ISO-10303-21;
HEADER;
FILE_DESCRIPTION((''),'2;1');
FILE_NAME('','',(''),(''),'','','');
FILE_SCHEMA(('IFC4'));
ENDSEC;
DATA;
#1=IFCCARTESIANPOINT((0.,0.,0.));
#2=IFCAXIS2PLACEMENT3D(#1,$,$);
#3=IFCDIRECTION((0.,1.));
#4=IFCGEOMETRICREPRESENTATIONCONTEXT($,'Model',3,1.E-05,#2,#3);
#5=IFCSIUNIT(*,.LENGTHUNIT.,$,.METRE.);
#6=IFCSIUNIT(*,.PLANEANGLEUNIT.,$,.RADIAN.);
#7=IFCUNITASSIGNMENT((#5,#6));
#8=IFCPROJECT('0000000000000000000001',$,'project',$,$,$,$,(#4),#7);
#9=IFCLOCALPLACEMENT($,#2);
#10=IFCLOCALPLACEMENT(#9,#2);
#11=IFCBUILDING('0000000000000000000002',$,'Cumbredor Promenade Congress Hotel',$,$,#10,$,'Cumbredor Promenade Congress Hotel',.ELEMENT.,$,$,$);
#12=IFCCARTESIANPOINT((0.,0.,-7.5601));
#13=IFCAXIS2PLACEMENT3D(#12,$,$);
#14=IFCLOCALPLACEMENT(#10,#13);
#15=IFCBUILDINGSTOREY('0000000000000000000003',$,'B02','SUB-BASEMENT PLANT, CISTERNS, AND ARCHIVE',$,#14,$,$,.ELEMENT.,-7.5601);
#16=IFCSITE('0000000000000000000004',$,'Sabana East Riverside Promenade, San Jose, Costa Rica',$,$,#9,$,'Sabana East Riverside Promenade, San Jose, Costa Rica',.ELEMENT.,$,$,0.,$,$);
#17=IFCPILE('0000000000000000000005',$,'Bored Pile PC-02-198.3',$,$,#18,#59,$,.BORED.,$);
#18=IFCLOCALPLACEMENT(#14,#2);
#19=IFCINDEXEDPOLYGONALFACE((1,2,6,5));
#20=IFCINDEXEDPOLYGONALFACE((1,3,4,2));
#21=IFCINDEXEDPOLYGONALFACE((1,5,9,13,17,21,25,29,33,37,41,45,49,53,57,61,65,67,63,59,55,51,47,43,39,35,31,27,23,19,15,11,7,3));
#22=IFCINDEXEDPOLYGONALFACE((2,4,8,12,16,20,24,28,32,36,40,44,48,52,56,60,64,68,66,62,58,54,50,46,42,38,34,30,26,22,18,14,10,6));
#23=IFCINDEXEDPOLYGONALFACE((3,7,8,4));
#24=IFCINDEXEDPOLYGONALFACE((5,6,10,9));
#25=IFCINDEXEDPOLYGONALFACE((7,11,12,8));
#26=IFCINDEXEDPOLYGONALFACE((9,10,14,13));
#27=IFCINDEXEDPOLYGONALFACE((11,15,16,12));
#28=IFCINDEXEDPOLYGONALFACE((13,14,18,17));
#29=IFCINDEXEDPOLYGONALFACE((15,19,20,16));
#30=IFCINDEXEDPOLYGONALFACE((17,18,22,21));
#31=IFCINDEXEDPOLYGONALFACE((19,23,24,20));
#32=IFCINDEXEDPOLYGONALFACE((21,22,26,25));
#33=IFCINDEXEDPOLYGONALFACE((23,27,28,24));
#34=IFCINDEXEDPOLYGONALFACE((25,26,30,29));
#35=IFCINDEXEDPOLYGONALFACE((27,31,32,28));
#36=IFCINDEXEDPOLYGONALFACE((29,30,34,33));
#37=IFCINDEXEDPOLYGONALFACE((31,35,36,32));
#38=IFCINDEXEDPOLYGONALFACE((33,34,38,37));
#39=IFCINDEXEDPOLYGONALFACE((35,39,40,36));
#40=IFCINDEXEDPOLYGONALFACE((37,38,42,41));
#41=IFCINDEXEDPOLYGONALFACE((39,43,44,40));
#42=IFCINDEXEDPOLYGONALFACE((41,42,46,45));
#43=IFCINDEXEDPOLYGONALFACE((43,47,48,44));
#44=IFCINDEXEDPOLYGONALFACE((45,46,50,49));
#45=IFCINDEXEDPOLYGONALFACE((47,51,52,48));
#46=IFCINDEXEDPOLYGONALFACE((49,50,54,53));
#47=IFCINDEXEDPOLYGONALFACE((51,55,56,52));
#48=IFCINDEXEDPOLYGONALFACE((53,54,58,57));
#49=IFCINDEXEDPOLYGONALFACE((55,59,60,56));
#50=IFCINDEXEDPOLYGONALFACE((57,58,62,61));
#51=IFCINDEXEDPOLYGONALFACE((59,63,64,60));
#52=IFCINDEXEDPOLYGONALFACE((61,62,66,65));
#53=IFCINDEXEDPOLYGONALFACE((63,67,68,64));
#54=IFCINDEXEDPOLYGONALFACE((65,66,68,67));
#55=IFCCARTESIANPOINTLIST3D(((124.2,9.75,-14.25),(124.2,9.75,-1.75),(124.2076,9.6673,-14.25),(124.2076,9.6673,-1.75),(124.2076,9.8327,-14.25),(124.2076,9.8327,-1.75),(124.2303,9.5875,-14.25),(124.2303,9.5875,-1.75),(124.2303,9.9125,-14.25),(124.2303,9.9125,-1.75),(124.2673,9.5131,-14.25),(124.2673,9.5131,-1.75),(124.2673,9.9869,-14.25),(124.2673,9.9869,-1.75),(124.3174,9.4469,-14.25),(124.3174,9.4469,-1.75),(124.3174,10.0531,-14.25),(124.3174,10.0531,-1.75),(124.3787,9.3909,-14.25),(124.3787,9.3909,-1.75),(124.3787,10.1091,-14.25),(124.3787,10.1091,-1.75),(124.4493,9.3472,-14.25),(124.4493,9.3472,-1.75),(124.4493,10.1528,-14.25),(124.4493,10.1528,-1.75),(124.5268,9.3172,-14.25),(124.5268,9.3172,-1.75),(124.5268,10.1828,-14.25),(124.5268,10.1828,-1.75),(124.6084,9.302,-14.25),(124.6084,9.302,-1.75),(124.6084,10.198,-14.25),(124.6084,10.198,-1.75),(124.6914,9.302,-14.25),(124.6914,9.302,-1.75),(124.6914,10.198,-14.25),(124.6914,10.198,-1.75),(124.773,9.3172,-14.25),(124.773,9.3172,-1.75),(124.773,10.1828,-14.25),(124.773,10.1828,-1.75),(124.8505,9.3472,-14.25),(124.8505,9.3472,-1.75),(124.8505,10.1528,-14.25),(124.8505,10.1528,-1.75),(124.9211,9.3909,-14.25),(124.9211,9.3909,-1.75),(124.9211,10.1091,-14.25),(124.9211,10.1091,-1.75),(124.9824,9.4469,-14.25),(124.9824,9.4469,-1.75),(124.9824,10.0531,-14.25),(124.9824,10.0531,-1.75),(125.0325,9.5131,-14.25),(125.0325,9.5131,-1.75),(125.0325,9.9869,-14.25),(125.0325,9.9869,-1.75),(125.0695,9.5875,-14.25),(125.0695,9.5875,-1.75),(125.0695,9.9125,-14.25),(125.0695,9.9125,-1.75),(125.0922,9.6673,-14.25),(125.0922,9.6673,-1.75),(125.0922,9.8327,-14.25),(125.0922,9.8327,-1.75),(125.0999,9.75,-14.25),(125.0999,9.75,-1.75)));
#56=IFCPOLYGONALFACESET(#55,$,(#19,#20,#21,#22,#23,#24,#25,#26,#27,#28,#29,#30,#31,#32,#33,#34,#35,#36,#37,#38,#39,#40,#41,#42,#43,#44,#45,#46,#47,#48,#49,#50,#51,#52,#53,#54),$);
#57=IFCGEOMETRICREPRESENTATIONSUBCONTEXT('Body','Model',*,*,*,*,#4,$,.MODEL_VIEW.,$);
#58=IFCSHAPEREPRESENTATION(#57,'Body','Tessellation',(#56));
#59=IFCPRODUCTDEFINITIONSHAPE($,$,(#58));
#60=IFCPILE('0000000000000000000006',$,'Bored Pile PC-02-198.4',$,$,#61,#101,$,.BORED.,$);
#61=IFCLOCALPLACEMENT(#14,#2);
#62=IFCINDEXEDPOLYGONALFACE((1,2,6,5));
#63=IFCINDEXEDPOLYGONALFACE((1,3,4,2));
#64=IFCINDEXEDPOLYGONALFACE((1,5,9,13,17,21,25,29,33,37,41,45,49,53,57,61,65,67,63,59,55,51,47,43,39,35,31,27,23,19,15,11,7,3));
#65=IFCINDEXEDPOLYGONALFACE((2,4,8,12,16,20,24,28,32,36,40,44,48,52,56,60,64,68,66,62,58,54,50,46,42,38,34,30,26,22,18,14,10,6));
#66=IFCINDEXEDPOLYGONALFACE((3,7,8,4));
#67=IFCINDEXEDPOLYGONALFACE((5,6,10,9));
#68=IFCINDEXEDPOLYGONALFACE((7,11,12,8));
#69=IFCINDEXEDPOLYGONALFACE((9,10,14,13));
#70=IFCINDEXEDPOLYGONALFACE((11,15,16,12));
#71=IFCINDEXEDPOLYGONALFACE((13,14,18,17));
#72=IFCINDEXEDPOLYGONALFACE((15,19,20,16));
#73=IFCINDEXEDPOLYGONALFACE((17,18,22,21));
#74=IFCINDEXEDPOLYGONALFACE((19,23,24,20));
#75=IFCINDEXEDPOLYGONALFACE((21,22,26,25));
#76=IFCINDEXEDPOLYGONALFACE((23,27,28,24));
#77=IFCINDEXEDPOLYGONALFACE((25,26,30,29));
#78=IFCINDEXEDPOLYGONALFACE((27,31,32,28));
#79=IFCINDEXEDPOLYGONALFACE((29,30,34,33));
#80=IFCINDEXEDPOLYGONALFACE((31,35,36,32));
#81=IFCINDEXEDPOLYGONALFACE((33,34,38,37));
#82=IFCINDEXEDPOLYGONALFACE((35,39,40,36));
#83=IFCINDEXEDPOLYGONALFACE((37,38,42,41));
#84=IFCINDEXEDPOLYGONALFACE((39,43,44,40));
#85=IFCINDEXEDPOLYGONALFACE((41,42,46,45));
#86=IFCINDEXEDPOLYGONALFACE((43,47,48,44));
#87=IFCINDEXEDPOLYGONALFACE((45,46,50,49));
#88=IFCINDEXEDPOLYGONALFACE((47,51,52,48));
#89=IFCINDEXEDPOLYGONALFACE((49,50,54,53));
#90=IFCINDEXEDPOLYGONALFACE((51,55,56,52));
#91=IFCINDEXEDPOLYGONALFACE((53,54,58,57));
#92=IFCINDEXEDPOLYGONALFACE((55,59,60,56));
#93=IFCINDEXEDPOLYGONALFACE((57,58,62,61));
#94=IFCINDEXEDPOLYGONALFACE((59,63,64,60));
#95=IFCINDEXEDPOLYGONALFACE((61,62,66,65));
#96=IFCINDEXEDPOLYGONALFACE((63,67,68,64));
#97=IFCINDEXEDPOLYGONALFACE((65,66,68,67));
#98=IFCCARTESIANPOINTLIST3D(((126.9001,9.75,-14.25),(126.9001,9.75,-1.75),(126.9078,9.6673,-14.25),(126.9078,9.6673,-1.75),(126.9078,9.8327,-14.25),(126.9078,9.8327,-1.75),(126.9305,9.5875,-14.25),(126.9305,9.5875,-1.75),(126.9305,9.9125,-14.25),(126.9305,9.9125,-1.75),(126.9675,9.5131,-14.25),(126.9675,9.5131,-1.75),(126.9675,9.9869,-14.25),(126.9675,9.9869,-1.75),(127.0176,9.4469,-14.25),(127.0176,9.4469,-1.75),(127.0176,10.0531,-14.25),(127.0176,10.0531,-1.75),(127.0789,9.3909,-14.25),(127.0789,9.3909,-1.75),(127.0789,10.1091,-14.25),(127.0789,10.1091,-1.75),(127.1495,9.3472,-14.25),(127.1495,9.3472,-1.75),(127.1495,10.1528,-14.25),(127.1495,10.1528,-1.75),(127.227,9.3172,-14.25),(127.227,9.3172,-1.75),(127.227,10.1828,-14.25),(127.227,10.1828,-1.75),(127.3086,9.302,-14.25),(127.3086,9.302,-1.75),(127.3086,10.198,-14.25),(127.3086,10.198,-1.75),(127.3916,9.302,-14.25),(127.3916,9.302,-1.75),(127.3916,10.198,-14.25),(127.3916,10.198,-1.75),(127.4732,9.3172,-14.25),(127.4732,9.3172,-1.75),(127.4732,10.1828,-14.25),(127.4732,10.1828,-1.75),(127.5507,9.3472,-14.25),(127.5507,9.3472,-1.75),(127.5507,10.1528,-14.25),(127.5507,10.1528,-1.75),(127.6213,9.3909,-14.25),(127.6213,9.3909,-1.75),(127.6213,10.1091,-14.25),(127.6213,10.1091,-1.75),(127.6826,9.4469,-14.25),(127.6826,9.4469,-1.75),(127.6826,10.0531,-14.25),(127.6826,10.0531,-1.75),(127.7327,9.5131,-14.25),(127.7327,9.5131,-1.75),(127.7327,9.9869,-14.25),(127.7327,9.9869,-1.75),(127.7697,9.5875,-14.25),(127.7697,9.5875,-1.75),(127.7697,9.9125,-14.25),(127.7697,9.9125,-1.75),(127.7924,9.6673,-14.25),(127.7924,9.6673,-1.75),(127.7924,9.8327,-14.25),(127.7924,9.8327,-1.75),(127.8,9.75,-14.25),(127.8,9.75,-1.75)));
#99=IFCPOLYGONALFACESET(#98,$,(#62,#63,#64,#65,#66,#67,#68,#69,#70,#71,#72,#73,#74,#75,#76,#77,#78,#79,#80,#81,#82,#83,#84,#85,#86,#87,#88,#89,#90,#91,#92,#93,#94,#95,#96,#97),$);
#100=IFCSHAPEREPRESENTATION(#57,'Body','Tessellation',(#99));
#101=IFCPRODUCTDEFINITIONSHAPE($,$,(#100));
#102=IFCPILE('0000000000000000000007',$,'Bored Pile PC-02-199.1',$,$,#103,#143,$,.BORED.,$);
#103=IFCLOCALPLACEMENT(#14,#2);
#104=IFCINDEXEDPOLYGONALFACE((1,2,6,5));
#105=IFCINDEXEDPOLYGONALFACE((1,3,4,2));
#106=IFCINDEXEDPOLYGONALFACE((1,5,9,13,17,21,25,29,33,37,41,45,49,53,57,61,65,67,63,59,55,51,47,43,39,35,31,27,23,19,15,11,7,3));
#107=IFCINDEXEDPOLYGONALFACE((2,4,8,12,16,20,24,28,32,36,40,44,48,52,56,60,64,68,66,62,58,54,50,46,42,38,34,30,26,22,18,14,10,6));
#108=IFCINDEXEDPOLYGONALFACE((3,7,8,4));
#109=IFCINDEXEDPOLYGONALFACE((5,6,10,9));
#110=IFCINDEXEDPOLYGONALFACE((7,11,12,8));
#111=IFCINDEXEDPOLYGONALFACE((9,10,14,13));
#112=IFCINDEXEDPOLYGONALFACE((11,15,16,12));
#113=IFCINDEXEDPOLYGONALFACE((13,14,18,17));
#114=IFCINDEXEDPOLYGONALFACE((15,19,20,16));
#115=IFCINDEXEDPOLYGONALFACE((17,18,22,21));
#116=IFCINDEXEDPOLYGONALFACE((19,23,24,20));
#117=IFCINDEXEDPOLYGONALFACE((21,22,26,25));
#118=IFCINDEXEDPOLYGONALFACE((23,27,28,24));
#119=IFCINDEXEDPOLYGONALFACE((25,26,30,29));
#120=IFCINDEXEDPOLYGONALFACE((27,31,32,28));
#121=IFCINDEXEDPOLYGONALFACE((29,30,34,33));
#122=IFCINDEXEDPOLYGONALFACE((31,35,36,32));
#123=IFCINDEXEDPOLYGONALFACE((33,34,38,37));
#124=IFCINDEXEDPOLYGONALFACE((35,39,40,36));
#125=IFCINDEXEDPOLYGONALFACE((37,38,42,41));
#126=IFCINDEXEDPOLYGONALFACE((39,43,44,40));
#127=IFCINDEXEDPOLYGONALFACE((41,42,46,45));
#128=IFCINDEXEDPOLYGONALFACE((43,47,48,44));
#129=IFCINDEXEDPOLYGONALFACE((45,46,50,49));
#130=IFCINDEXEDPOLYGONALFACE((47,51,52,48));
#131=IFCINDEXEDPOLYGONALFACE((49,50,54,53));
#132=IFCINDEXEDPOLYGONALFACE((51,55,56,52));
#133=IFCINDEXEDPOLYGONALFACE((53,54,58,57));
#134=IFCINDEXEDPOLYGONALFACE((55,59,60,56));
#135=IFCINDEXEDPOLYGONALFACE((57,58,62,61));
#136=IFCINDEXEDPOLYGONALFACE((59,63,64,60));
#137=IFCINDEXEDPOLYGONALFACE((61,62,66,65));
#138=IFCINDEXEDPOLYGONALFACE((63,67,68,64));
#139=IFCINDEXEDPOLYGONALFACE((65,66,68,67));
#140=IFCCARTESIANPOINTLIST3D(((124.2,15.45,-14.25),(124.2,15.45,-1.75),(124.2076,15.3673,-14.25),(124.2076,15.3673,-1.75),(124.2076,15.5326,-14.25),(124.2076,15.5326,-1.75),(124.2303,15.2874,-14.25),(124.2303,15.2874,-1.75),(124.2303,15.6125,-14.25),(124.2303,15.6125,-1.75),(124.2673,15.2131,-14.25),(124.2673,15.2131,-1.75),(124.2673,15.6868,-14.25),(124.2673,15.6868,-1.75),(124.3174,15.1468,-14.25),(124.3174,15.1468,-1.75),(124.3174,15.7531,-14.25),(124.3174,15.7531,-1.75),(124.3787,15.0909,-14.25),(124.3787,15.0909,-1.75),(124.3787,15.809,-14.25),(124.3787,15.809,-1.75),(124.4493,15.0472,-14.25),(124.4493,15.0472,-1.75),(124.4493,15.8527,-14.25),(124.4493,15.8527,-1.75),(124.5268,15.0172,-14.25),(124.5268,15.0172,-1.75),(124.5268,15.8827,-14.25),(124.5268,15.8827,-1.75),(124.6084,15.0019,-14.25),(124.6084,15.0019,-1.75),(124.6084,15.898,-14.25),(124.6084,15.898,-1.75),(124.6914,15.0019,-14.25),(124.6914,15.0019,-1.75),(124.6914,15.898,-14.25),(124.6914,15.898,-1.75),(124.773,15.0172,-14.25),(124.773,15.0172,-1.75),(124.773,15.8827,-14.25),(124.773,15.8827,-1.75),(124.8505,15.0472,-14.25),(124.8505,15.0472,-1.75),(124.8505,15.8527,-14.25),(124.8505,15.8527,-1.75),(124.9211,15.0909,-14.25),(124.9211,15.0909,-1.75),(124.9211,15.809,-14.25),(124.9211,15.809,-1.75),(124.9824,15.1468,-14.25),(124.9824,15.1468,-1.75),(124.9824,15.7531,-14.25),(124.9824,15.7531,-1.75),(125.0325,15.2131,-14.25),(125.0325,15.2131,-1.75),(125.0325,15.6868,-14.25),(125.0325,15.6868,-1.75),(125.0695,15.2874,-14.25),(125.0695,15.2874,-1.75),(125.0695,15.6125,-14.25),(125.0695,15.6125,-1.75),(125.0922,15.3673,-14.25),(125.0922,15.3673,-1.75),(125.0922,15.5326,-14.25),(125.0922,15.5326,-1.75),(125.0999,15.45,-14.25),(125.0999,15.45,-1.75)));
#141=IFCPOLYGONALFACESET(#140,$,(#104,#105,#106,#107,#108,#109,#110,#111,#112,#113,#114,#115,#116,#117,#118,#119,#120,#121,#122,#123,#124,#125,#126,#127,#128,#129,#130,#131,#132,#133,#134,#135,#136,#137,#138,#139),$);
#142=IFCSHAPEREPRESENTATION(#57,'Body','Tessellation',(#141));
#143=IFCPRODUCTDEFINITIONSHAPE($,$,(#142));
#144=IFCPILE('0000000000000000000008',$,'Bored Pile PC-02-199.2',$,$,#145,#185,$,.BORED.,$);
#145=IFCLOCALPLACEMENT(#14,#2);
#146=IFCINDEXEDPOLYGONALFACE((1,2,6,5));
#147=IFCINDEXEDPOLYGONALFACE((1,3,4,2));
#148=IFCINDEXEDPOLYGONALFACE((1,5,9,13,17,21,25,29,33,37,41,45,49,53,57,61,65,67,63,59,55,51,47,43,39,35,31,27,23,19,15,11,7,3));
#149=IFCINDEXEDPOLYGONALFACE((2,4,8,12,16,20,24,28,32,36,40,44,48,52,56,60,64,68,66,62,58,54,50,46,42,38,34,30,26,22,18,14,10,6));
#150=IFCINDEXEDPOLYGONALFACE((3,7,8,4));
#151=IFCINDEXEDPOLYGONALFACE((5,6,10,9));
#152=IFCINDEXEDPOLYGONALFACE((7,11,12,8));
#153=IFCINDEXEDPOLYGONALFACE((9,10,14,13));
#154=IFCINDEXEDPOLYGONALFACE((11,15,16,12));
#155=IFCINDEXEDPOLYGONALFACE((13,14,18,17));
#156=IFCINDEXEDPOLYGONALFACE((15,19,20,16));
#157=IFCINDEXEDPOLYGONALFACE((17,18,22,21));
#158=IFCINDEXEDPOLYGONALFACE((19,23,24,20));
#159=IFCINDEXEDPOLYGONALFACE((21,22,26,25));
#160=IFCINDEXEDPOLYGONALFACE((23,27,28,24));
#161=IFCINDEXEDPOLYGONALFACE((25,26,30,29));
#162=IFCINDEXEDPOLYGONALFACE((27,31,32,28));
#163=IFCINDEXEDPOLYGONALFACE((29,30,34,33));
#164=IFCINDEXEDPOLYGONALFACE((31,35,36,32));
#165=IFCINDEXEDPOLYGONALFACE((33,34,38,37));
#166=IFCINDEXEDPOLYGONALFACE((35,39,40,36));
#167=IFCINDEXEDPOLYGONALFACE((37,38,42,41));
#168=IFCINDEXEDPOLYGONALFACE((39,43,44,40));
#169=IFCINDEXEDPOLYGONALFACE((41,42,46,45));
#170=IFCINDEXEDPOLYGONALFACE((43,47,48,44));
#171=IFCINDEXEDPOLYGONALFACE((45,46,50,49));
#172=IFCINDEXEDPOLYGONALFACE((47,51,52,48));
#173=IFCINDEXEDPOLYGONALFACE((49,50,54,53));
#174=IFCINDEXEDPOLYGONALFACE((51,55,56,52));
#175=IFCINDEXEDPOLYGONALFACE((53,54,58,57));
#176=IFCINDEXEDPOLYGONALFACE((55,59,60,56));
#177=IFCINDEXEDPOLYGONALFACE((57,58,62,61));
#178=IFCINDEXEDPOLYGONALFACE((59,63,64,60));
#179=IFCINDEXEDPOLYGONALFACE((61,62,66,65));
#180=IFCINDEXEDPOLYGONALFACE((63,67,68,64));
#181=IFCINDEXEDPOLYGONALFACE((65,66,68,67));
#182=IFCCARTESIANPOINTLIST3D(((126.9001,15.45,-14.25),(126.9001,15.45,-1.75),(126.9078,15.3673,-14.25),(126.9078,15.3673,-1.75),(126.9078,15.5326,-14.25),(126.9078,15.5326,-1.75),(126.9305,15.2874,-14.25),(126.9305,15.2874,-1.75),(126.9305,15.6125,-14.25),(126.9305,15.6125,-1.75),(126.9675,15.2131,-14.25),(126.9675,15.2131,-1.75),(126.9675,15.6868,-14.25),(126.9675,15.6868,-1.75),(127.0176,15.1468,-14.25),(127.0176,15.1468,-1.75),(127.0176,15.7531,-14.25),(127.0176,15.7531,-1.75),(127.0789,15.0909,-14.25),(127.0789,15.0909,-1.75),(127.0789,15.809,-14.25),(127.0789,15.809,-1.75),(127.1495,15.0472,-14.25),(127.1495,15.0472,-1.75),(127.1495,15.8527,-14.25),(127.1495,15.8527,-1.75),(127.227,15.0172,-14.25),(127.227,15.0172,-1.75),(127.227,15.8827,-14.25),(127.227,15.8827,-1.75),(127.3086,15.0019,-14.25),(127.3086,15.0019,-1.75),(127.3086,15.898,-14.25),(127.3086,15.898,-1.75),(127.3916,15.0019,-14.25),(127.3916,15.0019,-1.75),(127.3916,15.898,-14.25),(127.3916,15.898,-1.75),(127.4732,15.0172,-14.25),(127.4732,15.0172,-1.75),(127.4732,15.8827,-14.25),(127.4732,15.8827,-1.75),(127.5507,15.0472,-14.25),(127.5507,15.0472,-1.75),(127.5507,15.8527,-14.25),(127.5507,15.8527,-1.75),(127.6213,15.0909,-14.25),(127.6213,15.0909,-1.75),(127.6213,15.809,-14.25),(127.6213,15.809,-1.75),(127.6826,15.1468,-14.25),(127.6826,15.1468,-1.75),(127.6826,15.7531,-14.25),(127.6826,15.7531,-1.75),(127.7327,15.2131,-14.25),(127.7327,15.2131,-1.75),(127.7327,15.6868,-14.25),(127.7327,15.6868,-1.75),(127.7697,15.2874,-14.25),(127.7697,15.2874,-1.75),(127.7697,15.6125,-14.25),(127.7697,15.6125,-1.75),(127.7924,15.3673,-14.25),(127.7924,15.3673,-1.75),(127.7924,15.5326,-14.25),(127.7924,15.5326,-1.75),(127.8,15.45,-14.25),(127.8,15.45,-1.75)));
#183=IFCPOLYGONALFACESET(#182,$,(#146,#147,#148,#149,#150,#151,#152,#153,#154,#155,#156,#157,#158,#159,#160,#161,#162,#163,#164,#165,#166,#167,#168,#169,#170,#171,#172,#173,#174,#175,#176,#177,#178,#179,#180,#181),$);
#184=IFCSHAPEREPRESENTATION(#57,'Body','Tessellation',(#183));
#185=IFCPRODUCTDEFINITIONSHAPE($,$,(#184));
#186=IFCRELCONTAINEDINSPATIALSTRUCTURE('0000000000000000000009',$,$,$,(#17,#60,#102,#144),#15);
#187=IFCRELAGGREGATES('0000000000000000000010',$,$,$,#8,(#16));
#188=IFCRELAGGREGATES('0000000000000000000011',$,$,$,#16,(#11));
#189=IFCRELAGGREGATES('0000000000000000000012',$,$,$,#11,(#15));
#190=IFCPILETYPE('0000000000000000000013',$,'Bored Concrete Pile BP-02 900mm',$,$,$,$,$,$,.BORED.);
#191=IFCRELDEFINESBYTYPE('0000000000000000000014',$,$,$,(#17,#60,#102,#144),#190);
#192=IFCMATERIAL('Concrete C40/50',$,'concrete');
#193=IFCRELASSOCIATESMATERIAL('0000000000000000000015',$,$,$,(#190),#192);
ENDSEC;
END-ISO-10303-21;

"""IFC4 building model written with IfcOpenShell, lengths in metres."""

from ifc_helpers import new_model, si_unit, direction, frame, origin, origin_2d, place, context, subcontext, project, spatial, circle, extrude, material, material_profile, profile_set, type_object, element, save


model = new_model("IFC4")

# Units and contexts
model_context = context("Model", 3, precision=1e-05, world=origin(), true_north=direction((0.0, 1.0)))
body_context = subcontext(model_context, "Body", "Model", "MODEL_VIEW")
ifc_project = project(units=[si_unit("LENGTHUNIT", "METRE"), si_unit("PLANEANGLEUNIT", "RADIAN")], contexts=[model_context])

# Site, building, storey
site_placement = place(None, origin())
site = spatial("IfcSite", under=ifc_project, at=site_placement, Name="Sabana East Riverside Promenade, San Jose, Costa Rica", LongName="Sabana East Riverside Promenade, San Jose, Costa Rica", CompositionType="ELEMENT", RefElevation=0.0)
building_placement = place(site_placement, origin())
building = spatial("IfcBuilding", under=site, at=building_placement, Name="Cumbredor Promenade Congress Hotel", LongName="Cumbredor Promenade Congress Hotel", CompositionType="ELEMENT")
storey_placement = place(building_placement, frame((0.0, 0.0, -7.5601)))
storey = spatial("IfcBuildingStorey", under=building, at=storey_placement, Name="B02", Description="SUB-BASEMENT PLANT, CISTERNS, AND ARCHIVE", CompositionType="ELEMENT", Elevation=-7.5601)

# Piles
ifc_material_1 = material(Name="Concrete C40/50", Category="concrete")
ifc_material_profile_1 = material_profile(ifc_material_1, circle(Radius=0.45, at=origin_2d()), Name="PILE D900")
ifc_profile_set_1 = profile_set([ifc_material_profile_1], Name="Concrete C40/50")
pile_type = type_object("IfcPileType", Name="Bored Concrete Pile BP-02 900mm", PredefinedType="BORED", material=ifc_profile_set_1)
for number, where, z_axis, x_axis, name in (
    (1, (124.6499, 9.75, -1.75), (0.0, 0.0, -1.0), (1.0, 0.0, 0.0), "Bored Pile PC-02-198.3"),
    (2, (127.3501, 9.75, -1.75), (0.0, 0.0, -1.0), (1.0, 0.0, 0.0), "Bored Pile PC-02-198.4"),
    (3, (124.6499, 15.45, -1.75), (0.0, 0.0, -1.0), (1.0, 0.0, 0.0), "Bored Pile PC-02-199.1"),
    (4, (127.3501, 15.45, -1.75), (0.0, 0.0, -1.0), (1.0, 0.0, 0.0), "Bored Pile PC-02-199.2"),
):
    element("IfcPile", number, at=place(storey_placement, frame(where, z_axis=z_axis, x_axis=x_axis)), inside=storey, type_object=pile_type, Name=name, PredefinedType="BORED", context=body_context, shape_type="SweptSolid", body=[
        extrude(circle(Radius=0.45, at=origin_2d()), origin(), (0.0, 0.0, 1.0), 12.5),
    ])

save(model, "model.ifc")
